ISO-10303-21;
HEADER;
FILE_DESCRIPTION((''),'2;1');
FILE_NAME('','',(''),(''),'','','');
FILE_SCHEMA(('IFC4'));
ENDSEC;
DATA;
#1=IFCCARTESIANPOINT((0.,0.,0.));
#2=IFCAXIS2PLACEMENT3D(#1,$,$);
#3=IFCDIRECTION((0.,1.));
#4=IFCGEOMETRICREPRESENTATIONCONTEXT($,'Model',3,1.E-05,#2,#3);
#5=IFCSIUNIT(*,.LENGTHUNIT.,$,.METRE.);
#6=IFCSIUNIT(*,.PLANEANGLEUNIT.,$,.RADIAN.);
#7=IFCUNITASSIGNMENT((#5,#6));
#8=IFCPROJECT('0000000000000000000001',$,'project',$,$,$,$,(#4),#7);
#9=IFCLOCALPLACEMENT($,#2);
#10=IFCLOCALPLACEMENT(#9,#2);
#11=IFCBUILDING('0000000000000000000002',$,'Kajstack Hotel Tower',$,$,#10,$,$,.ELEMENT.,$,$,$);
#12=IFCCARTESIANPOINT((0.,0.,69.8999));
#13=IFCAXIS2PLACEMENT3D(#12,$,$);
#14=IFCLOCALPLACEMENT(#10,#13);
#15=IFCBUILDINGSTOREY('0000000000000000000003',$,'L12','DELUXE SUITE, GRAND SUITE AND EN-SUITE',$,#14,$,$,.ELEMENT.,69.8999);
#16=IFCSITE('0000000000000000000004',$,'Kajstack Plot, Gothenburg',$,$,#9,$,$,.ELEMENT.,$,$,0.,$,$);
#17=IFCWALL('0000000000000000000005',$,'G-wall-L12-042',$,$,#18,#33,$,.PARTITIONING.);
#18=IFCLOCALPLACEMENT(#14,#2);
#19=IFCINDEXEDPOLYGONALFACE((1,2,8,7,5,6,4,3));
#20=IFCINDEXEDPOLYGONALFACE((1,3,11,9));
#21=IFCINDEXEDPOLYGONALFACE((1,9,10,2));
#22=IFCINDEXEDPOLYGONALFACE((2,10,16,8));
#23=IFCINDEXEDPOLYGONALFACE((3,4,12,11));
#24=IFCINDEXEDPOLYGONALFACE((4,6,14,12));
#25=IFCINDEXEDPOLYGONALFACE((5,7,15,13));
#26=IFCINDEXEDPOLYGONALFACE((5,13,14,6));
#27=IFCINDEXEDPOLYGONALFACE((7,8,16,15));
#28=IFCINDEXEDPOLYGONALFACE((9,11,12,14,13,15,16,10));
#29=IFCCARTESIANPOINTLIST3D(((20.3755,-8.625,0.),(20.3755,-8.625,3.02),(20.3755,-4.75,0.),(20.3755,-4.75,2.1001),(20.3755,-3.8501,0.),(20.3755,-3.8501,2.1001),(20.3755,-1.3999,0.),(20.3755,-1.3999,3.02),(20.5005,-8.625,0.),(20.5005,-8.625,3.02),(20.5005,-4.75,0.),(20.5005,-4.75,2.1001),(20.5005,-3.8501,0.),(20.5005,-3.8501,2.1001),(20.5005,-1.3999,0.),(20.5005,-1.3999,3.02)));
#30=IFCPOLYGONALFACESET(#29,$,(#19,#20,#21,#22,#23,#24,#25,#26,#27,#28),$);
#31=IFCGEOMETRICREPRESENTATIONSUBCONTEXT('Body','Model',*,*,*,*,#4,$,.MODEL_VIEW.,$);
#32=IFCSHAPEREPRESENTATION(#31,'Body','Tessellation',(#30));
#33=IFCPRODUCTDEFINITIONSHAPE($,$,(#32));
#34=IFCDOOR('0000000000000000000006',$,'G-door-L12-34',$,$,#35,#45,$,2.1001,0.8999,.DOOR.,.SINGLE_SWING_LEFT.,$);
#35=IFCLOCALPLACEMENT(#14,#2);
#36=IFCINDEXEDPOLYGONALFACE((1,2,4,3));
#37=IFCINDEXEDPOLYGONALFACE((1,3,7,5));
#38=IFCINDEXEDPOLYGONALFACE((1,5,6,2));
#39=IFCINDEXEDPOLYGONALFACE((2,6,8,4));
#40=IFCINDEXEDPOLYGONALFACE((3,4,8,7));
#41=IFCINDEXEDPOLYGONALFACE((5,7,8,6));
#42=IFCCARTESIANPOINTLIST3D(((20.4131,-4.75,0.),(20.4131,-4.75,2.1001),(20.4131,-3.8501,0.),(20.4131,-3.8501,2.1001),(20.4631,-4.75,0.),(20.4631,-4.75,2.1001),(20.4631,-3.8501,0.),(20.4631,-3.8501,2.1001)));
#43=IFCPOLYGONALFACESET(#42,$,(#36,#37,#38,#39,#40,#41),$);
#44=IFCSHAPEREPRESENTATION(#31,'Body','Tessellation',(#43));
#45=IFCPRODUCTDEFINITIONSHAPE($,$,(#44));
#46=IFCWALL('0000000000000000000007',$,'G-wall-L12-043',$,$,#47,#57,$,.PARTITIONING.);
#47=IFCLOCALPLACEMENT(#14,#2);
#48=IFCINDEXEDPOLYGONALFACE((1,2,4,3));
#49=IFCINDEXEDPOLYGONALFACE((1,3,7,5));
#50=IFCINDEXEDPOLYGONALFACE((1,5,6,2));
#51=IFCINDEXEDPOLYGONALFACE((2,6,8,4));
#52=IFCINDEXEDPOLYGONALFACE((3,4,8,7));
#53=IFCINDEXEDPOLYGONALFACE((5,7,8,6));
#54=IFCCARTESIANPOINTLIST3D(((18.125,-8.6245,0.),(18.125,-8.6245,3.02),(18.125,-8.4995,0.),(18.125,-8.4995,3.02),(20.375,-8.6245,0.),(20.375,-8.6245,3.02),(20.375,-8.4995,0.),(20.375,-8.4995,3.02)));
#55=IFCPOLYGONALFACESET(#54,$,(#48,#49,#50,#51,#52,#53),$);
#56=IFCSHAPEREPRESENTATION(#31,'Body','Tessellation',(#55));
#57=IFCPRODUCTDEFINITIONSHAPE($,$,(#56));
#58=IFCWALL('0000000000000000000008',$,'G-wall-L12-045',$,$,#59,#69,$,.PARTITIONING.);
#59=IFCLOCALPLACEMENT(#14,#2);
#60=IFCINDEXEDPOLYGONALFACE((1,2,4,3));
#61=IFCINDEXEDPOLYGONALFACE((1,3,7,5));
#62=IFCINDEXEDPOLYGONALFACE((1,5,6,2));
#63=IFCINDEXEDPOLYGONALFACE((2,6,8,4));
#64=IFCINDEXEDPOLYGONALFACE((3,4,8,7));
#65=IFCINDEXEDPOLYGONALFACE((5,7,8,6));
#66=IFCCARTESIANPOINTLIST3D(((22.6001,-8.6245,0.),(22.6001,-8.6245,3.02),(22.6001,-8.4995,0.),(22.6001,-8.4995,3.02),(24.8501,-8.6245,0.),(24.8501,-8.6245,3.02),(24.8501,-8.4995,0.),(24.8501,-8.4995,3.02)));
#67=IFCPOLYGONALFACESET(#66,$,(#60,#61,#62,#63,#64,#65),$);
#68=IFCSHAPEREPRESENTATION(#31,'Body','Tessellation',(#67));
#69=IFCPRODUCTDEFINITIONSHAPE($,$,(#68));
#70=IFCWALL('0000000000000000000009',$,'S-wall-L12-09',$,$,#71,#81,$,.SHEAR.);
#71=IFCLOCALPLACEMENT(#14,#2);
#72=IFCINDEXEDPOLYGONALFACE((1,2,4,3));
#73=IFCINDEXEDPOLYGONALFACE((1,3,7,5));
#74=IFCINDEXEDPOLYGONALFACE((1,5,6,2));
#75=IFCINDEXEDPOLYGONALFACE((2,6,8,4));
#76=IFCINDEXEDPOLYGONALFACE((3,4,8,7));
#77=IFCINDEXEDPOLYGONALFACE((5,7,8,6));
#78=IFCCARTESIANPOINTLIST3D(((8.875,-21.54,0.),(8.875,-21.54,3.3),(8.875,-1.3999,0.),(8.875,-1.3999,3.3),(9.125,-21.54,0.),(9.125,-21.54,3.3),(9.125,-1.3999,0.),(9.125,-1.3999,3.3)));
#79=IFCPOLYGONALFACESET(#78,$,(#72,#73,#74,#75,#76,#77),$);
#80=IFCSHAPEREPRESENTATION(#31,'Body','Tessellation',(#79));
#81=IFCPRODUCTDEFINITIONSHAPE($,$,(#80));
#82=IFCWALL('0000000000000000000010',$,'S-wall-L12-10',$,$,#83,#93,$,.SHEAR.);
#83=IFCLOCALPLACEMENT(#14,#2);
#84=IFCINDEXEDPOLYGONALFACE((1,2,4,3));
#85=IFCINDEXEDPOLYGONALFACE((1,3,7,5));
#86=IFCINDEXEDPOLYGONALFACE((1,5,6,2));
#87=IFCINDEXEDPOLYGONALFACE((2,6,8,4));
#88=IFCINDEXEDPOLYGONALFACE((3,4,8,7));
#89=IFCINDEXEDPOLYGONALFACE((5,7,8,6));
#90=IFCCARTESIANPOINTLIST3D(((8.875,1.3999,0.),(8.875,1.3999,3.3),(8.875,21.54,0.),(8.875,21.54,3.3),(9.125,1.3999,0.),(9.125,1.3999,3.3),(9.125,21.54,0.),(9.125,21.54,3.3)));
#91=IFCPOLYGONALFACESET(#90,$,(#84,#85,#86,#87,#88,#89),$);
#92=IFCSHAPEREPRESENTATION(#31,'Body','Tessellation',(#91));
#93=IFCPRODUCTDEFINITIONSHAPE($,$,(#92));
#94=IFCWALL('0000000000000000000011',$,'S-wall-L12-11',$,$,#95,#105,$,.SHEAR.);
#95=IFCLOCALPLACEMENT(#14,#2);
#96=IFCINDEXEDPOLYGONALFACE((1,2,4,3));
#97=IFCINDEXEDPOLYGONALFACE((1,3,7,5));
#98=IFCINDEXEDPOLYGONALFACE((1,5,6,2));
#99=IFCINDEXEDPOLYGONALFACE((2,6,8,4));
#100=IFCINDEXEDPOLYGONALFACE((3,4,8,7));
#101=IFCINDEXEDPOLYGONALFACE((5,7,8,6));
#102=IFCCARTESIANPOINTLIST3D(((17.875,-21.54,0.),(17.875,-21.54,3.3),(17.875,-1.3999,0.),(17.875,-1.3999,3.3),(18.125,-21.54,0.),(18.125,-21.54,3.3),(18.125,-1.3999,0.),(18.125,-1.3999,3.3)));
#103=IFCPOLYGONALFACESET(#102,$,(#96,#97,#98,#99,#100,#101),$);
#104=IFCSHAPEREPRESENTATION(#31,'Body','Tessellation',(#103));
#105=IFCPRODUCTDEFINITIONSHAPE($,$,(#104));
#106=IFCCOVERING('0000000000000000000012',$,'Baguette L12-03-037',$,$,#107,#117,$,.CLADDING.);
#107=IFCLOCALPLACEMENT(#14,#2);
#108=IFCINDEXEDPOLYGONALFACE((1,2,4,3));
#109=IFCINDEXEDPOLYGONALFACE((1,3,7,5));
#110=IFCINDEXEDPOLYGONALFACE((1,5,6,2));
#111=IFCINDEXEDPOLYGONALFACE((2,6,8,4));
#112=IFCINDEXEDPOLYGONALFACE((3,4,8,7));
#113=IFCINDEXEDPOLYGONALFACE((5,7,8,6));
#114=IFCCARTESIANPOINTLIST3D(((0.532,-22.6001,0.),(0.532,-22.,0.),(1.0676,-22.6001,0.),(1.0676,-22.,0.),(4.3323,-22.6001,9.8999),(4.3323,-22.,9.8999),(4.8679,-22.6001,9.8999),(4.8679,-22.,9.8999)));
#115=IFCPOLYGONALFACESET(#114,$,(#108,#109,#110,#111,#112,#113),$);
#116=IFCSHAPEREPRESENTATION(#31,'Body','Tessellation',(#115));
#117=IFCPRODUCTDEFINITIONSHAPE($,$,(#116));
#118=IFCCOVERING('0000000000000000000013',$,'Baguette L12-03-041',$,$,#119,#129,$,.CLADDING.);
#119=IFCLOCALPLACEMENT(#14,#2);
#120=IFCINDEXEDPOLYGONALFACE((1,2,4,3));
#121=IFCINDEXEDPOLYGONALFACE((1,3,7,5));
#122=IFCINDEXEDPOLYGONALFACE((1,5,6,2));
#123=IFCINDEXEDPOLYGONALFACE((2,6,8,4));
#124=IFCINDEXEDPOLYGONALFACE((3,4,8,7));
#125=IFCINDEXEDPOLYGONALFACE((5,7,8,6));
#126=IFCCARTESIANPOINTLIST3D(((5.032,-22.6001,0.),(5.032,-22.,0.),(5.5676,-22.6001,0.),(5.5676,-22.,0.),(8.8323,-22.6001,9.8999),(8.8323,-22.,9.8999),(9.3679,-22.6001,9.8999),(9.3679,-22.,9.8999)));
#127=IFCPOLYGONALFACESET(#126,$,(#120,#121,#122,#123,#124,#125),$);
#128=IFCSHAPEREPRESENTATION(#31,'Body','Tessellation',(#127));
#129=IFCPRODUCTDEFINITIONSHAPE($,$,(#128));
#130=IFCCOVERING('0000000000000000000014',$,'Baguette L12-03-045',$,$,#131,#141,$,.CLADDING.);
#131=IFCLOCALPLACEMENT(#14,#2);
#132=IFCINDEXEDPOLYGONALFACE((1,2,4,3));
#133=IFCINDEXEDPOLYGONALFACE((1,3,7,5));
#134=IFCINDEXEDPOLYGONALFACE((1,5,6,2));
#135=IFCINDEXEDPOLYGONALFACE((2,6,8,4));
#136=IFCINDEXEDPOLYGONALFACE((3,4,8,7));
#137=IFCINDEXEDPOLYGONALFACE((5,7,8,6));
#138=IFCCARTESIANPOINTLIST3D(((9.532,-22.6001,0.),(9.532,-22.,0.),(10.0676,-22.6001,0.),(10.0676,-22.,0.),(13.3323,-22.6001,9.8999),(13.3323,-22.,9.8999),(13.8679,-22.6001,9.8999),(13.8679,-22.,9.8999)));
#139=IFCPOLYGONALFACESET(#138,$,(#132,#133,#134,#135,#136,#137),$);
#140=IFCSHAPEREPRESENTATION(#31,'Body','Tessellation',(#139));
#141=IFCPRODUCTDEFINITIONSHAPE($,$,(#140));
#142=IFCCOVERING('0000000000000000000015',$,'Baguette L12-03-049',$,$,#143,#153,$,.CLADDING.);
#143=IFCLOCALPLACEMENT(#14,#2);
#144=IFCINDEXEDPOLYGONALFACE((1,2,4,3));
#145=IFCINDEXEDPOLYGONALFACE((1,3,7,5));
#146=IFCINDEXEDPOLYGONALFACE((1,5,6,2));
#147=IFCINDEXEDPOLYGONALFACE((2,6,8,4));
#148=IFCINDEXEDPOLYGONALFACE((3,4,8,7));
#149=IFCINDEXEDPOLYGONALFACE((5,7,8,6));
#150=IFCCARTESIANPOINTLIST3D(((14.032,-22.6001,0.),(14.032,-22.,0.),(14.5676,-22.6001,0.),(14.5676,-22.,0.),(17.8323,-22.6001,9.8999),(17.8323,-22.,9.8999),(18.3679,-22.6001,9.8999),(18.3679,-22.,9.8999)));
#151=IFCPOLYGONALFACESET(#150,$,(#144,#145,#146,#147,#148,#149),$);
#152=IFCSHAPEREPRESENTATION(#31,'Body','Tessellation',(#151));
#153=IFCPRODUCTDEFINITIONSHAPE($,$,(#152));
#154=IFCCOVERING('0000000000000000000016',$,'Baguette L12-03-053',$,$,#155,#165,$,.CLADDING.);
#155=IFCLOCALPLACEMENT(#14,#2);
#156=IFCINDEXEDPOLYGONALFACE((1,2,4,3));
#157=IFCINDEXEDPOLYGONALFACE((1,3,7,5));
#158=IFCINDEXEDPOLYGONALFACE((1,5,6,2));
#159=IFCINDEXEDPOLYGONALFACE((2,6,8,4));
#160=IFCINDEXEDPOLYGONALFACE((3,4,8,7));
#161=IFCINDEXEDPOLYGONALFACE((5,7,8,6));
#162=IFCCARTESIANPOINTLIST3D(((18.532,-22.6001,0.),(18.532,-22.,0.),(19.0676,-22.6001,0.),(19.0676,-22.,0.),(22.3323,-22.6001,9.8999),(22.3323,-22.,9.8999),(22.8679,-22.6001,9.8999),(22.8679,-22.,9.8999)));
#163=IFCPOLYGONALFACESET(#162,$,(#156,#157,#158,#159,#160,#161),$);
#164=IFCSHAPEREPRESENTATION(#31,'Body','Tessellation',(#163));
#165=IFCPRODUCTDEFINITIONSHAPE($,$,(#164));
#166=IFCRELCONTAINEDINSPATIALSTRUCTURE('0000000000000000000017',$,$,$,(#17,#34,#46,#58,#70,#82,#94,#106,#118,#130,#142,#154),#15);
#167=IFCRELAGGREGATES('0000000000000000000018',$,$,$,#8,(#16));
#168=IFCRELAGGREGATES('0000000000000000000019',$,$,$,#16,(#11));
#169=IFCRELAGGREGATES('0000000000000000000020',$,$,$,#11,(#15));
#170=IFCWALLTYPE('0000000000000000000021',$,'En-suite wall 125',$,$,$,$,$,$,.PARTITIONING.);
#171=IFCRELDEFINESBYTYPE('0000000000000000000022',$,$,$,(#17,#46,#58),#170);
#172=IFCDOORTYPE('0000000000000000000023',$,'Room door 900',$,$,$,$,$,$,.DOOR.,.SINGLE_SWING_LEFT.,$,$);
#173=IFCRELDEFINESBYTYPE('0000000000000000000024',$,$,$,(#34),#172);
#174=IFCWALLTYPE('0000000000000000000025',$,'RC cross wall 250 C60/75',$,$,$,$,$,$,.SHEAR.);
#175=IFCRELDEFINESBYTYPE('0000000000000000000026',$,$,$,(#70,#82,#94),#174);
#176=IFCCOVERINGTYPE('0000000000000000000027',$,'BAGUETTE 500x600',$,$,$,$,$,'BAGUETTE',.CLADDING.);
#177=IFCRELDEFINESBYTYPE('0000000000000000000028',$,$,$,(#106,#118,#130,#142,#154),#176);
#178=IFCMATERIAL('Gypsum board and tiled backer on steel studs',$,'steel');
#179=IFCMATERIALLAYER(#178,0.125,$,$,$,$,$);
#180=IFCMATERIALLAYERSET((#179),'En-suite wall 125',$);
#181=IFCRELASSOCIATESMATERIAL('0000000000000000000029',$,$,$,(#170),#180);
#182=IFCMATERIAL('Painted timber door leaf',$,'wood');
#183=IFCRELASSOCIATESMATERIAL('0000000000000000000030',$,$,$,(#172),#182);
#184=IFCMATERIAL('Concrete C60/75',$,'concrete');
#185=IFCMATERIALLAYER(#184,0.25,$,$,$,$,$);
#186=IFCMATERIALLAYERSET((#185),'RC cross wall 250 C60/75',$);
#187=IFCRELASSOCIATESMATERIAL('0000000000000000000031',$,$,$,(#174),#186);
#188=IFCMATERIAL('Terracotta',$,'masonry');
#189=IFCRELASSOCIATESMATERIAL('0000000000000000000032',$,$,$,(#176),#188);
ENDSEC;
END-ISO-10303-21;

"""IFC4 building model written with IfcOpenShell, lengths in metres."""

from ifc_helpers import new_model, si_unit, direction, frame, frame_2d, origin, origin_2d, place, context, subcontext, project, spatial, polyline, rectangle, outline, extrude, material, layer, layer_set, material_profile, profile_set, type_object, element, fill, save


model = new_model("IFC4")

# Units and contexts
model_context = context("Model", 3, precision=1e-05, world=origin(), true_north=direction((0.0, 1.0)))
body_context = subcontext(model_context, "Body", "Model", "MODEL_VIEW")
ifc_project = project(units=[si_unit("LENGTHUNIT", "METRE"), si_unit("PLANEANGLEUNIT", "RADIAN")], contexts=[model_context])

# Site, building, storey
site_placement = place(None, origin())
site = spatial("IfcSite", under=ifc_project, at=site_placement, Name="Kajstack Plot, Gothenburg", CompositionType="ELEMENT", RefElevation=0.0)
building_placement = place(site_placement, origin())
building = spatial("IfcBuilding", under=site, at=building_placement, Name="Kajstack Hotel Tower", CompositionType="ELEMENT")
storey_placement = place(building_placement, frame((0.0, 0.0, 69.8999)))
storey = spatial("IfcBuildingStorey", under=building, at=storey_placement, Name="L12", Description="DELUXE SUITE, GRAND SUITE AND EN-SUITE", CompositionType="ELEMENT", Elevation=69.8999)

# Shared definitions
ifc_material_1 = material(Name="Gypsum board and tiled backer on steel studs", Category="steel")
ifc_layer_1 = layer(ifc_material_1, 0.125)
ifc_layer_set_1 = layer_set([ifc_layer_1], Name="En-suite wall 125")
wall_type_1 = type_object("IfcWallType", Name="En-suite wall 125", PredefinedType="PARTITIONING", material=ifc_layer_set_1)
ifc_material_2 = material(Name="Painted timber door leaf", Category="wood")
door_type = type_object("IfcDoorType", Name="Room door 900", OperationType="SINGLE_SWING_LEFT", PredefinedType="DOOR", material=ifc_material_2)

# Wall, opening, door
wall_1_placement = place(storey_placement, frame((20.438, -8.625, 0.0), z_axis=(0.0, 0.0, 1.0), x_axis=(0.0, 1.0, 0.0)))
wall_1 = element("IfcWall", 1, at=wall_1_placement, inside=storey, type_object=wall_type_1, Name="G-wall-L12-042", PredefinedType="PARTITIONING", context=body_context, shape_type="SweptSolid", body=[
    extrude(rectangle(XDim=7.2251, YDim=0.125, at=frame_2d((3.6125, 0.0))), origin(), (0.0, 0.0, 1.0), 3.02),
])
opening_1_placement = place(wall_1_placement, frame((3.875, 0.0, 0.0)))
opening_1 = element("IfcOpeningElement", 2, at=opening_1_placement, cuts=wall_1, PredefinedType="OPENING", context=body_context, shape_type="SweptSolid", body=[
    extrude(rectangle(XDim=0.8999, YDim=2.1001, at=frame_2d((0.45, 1.05))), frame((0.0, 0.0725, 0.0), z_axis=(0.0, -1.0, 0.0), x_axis=(1.0, 0.0, 0.0)), (0.0, 0.0, 1.0), 0.145),
])
door_1_placement = place(opening_1_placement, origin())
door_1 = element("IfcDoor", 3, at=door_1_placement, inside=storey, type_object=door_type, Name="G-door-L12-34", OperationType="SINGLE_SWING_LEFT", OverallHeight=2.1001, OverallWidth=0.8999, PredefinedType="DOOR", context=body_context, shape_type="SweptSolid", body=[
    extrude(rectangle(XDim=0.8999, YDim=2.1001, at=frame_2d((0.45, 1.05))), frame((0.0, 0.0249, 0.0), z_axis=(0.0, -1.0, 0.0), x_axis=(1.0, 0.0, 0.0)), (0.0, 0.0, 1.0), 0.05),
])
fill(opening_1, door_1)

# Walls
for number, where, z_axis, x_axis, name in (
    (4, (18.125, -8.562, 0.0), (0.0, 0.0, 1.0), (1.0, 0.0, 0.0), "G-wall-L12-043"),
    (5, (22.6001, -8.562, 0.0), (0.0, 0.0, 1.0), (1.0, 0.0, 0.0), "G-wall-L12-045"),
):
    element("IfcWall", number, at=place(storey_placement, frame(where, z_axis=z_axis, x_axis=x_axis)), inside=storey, type_object=wall_type_1, Name=name, PredefinedType="PARTITIONING", context=body_context, shape_type="SweptSolid", body=[
        extrude(rectangle(XDim=2.25, YDim=0.125, at=frame_2d((1.125, 0.0))), origin(), (0.0, 0.0, 1.0), 3.02),
    ])
ifc_material_3 = material(Name="Concrete C60/75", Category="concrete")
ifc_layer_2 = layer(ifc_material_3, 0.25)
ifc_layer_set_2 = layer_set([ifc_layer_2], Name="RC cross wall 250 C60/75")
wall_type_2 = type_object("IfcWallType", Name="RC cross wall 250 C60/75", PredefinedType="SHEAR", material=ifc_layer_set_2)
for number, where, z_axis, x_axis, name in (
    (6, (9.0, -21.54, 0.0), (0.0, 0.0, 1.0), (0.0, 1.0, 0.0), "S-wall-L12-09"),
    (7, (9.0, 1.3999, 0.0), (0.0, 0.0, 1.0), (0.0, 1.0, 0.0), "S-wall-L12-10"),
    (8, (18.0, -21.54, 0.0), (0.0, 0.0, 1.0), (0.0, 1.0, 0.0), "S-wall-L12-11"),
):
    element("IfcWall", number, at=place(storey_placement, frame(where, z_axis=z_axis, x_axis=x_axis)), inside=storey, type_object=wall_type_2, Name=name, PredefinedType="SHEAR", context=body_context, shape_type="SweptSolid", body=[
        extrude(rectangle(XDim=20.1401, YDim=0.25, at=frame_2d((10.0701, 0.0))), origin(), (0.0, 0.0, 1.0), 3.3),
    ])

# Coverings
ifc_material_4 = material(Name="Terracotta", Category="masonry")
ifc_material_profile = material_profile(ifc_material_4, rectangle(XDim=0.6001, YDim=0.5, at=origin_2d()), Name="Terracotta-clad concrete baguette 500 x 600")
ifc_profile_set = profile_set([ifc_material_profile], Name="Terracotta")
covering_type = type_object("IfcCoveringType", Name="BAGUETTE 500x600", ElementType="BAGUETTE", PredefinedType="CLADDING", material=ifc_profile_set)
for number, where, z_axis, x_axis, name in (
    (9, (0.532, -22.0, 0.0), (0.0, -1.0, 0.0), (1.0, 0.0, 0.0), "Baguette L12-03-037"),
    (10, (5.032, -22.0, 0.0), (0.0, -1.0, 0.0), (1.0, 0.0, 0.0), "Baguette L12-03-041"),
    (11, (9.532, -22.0, 0.0), (0.0, -1.0, 0.0), (1.0, 0.0, 0.0), "Baguette L12-03-045"),
    (12, (14.032, -22.0, 0.0), (0.0, -1.0, 0.0), (1.0, 0.0, 0.0), "Baguette L12-03-049"),
    (13, (18.532, -22.0, 0.0), (0.0, -1.0, 0.0), (1.0, 0.0, 0.0), "Baguette L12-03-053"),
):
    element("IfcCovering", number, at=place(storey_placement, frame(where, z_axis=z_axis, x_axis=x_axis)), inside=storey, type_object=covering_type, Name=name, PredefinedType="CLADDING", context=body_context, shape_type="SweptSolid", body=[
        extrude(outline(polyline([(3.8003, 9.8999), (0.0, 0.0), (0.5356, 0.0), (4.3359, 9.8999), (3.8003, 9.8999)])), origin(), (0.0, 0.0, 1.0), 0.6001),
    ])

save(model, "model.ifc")
